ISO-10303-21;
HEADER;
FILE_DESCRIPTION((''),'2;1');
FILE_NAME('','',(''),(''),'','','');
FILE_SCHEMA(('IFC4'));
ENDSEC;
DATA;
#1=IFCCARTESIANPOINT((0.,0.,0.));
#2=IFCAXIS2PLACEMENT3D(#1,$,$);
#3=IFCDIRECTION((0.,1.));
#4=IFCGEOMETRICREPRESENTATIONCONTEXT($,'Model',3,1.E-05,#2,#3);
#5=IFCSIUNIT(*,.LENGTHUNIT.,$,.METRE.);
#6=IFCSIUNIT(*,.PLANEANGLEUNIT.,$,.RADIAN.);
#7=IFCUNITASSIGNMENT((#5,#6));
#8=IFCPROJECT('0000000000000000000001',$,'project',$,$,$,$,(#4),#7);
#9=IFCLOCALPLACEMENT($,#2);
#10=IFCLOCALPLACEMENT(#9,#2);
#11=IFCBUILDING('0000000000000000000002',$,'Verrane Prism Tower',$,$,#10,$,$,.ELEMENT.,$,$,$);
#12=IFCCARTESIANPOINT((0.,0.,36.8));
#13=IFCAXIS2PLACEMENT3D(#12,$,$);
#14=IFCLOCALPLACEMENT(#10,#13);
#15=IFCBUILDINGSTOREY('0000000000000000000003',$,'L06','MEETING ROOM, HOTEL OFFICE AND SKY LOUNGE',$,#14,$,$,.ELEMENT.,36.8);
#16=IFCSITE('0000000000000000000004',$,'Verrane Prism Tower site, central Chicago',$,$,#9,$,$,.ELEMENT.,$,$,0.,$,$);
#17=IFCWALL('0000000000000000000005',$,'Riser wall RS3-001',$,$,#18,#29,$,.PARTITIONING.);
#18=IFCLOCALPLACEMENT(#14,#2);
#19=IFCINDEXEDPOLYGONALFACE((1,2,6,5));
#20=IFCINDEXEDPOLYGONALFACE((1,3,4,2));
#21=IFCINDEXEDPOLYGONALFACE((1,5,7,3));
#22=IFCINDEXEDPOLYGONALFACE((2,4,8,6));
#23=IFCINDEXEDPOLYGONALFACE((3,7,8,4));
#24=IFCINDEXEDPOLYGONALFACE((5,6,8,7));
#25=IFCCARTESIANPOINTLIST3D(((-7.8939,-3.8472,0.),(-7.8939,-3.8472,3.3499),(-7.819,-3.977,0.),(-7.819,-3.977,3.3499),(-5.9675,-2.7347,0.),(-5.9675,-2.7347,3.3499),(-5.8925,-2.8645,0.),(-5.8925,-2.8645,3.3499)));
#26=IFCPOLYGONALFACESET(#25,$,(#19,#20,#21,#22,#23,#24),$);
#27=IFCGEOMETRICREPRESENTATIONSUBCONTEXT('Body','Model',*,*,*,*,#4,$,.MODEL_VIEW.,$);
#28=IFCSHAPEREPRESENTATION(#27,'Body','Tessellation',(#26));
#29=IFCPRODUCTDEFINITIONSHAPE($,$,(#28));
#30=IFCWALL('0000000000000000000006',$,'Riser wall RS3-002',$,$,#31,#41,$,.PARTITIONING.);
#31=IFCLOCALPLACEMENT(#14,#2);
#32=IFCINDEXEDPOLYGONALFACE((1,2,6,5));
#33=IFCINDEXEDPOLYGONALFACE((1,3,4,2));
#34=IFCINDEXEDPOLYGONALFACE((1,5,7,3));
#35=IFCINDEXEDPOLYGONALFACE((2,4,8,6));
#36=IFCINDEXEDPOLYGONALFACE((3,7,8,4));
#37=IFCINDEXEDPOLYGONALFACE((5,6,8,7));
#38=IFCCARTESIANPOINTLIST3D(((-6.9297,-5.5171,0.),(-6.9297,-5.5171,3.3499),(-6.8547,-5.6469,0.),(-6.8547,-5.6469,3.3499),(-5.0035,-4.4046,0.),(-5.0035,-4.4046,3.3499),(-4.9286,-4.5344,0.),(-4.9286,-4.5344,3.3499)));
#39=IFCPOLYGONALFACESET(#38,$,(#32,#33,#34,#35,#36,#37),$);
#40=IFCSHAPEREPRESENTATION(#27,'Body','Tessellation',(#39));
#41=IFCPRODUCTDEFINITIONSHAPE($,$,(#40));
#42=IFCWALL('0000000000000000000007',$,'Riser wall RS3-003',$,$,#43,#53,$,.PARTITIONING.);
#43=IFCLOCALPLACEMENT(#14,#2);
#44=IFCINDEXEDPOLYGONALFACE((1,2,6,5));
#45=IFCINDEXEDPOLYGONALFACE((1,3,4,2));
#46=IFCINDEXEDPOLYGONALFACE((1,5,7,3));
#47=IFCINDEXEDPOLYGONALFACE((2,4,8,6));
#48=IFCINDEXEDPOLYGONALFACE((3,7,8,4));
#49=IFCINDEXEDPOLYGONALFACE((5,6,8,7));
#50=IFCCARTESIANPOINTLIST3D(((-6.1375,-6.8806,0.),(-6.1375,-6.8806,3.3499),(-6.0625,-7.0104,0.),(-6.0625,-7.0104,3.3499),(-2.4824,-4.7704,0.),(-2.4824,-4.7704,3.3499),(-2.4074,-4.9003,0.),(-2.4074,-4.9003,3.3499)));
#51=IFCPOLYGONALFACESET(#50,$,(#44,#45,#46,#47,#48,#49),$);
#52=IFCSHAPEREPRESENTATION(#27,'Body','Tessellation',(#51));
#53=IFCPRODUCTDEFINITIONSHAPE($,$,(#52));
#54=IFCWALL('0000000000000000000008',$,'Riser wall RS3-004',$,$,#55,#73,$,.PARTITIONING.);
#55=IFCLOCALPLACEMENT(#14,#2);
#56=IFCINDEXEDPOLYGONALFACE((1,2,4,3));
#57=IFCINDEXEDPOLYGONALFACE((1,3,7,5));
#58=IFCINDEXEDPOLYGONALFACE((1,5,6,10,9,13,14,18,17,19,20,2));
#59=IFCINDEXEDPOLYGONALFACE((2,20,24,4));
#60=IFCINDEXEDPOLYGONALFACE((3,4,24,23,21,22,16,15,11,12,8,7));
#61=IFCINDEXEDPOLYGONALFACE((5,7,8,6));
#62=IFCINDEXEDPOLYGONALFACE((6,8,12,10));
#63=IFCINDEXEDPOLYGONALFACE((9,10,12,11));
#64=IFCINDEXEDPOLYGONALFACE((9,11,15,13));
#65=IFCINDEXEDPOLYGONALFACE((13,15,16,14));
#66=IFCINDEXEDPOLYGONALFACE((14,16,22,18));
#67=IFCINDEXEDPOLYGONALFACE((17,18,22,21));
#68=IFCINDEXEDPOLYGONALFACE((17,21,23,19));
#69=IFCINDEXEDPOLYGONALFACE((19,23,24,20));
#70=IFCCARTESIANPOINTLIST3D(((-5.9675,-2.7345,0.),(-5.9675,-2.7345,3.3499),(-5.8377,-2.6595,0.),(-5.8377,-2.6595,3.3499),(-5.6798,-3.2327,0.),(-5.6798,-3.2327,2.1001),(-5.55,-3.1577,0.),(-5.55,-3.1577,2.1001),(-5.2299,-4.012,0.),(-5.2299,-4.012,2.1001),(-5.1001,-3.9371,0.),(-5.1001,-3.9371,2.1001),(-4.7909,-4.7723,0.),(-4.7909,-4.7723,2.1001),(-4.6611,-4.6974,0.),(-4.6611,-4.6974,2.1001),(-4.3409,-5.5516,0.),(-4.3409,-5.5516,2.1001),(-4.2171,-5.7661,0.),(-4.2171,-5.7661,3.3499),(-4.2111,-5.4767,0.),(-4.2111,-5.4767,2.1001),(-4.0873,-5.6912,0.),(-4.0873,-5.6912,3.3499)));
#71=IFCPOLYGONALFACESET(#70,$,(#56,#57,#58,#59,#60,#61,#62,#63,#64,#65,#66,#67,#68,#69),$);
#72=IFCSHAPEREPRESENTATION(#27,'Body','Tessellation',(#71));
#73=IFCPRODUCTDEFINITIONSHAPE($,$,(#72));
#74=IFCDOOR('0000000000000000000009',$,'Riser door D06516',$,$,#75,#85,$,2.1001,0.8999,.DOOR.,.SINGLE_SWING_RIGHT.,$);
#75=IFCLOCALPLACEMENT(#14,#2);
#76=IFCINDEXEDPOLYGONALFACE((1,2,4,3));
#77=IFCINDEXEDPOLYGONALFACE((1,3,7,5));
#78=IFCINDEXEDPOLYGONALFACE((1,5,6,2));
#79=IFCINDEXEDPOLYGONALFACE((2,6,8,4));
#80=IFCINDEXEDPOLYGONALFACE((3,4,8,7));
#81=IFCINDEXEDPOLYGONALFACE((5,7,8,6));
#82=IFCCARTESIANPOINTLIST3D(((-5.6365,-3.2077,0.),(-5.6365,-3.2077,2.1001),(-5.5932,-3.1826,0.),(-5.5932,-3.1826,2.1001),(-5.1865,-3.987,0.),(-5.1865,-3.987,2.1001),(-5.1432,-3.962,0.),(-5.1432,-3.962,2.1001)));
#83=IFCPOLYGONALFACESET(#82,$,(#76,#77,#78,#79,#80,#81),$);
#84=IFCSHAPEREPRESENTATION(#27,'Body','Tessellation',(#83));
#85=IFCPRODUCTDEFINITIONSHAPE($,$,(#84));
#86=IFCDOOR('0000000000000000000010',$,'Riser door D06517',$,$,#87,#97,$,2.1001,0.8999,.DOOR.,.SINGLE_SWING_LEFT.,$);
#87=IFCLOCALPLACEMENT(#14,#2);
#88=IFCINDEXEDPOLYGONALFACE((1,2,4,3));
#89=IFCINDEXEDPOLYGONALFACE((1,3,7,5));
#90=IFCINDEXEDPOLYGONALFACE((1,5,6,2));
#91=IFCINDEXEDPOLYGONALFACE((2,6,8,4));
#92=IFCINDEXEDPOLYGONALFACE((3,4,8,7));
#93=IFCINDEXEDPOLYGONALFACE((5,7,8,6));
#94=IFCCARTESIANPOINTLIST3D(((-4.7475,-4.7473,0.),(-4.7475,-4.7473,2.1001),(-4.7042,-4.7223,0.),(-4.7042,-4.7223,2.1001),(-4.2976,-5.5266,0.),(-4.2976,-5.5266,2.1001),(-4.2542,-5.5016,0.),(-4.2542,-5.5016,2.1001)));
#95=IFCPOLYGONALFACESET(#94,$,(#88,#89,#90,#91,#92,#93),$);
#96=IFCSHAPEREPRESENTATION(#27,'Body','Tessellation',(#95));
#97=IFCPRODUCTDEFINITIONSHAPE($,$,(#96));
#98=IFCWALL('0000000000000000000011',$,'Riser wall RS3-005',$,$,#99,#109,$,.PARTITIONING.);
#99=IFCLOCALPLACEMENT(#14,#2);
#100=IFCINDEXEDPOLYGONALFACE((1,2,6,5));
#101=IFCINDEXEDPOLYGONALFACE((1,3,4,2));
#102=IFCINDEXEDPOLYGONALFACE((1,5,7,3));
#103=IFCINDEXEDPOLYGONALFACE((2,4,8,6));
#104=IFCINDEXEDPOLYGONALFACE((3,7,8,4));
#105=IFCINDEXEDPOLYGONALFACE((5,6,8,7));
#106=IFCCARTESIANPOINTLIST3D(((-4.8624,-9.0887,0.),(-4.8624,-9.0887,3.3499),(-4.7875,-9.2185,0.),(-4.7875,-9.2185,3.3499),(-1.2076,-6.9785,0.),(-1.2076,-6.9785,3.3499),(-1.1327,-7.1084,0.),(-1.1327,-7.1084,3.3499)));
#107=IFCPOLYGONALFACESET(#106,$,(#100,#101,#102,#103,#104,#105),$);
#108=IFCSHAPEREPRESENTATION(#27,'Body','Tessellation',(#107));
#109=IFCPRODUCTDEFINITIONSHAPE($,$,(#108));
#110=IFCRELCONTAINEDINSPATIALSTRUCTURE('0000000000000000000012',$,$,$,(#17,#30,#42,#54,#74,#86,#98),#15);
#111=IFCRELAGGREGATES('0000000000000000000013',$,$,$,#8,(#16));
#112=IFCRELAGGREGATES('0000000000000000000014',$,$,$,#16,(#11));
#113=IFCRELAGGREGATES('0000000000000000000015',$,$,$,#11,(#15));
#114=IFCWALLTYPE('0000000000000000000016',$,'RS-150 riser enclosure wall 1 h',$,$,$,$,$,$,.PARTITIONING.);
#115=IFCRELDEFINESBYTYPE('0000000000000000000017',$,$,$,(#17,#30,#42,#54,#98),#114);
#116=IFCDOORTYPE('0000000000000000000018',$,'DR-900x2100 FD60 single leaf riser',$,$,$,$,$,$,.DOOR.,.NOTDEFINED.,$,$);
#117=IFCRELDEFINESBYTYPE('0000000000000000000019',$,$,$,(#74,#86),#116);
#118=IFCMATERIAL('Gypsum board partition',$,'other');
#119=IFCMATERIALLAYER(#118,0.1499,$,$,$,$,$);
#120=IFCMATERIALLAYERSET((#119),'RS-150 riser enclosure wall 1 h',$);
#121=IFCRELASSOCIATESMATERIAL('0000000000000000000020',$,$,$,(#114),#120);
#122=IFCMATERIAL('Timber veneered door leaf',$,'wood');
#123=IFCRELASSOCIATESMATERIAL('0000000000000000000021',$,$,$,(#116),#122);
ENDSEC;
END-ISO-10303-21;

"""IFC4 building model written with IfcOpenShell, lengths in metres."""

from ifc_helpers import new_model, si_unit, direction, frame, frame_2d, origin, place, context, subcontext, project, spatial, rectangle, extrude, material, layer, layer_set, type_object, element, fill, save


model = new_model("IFC4")

# Units and contexts
model_context = context("Model", 3, precision=1e-05, world=origin(), true_north=direction((0.0, 1.0)))
body_context = subcontext(model_context, "Body", "Model", "MODEL_VIEW")
ifc_project = project(units=[si_unit("LENGTHUNIT", "METRE"), si_unit("PLANEANGLEUNIT", "RADIAN")], contexts=[model_context])

# Site, building, storey
site_placement = place(None, origin())
site = spatial("IfcSite", under=ifc_project, at=site_placement, Name="Verrane Prism Tower site, central Chicago", CompositionType="ELEMENT", RefElevation=0.0)
building_placement = place(site_placement, origin())
building = spatial("IfcBuilding", under=site, at=building_placement, Name="Verrane Prism Tower", CompositionType="ELEMENT")
storey_placement = place(building_placement, frame((0.0, 0.0, 36.8)))
storey = spatial("IfcBuildingStorey", under=building, at=storey_placement, Name="L06", Description="MEETING ROOM, HOTEL OFFICE AND SKY LOUNGE", CompositionType="ELEMENT", Elevation=36.8)

# Walls
ifc_material_1 = material(Name="Gypsum board partition", Category="other")
ifc_layer_1 = layer(ifc_material_1, 0.1499)
ifc_layer_set_1 = layer_set([ifc_layer_1], Name="RS-150 riser enclosure wall 1 h")
wall_type_1 = type_object("IfcWallType", Name="RS-150 riser enclosure wall 1 h", PredefinedType="PARTITIONING", material=ifc_layer_set_1)
wall_1_placement = place(storey_placement, frame((-7.8564, -3.9121, 0.0), z_axis=(0.0, 0.0, 1.0), x_axis=(0.865972, 0.500093, 0.0)))
element("IfcWall", 1, at=wall_1_placement, inside=storey, type_object=wall_type_1, Name="Riser wall RS3-001", PredefinedType="PARTITIONING", context=body_context, shape_type="SweptSolid", body=[
    extrude(rectangle(XDim=2.2246, YDim=0.1499, at=frame_2d((1.1123, 0.0))), origin(), (0.0, 0.0, 1.0), 3.3499),
])
wall_2_placement = place(storey_placement, frame((-6.8923, -5.582, 0.0), z_axis=(0.0, 0.0, 1.0), x_axis=(0.865944, 0.50014, 0.0)))
element("IfcWall", 2, at=wall_2_placement, inside=storey, type_object=wall_type_1, Name="Riser wall RS3-002", PredefinedType="PARTITIONING", context=body_context, shape_type="SweptSolid", body=[
    extrude(rectangle(XDim=2.2244, YDim=0.1499, at=frame_2d((1.1123, 0.0))), origin(), (0.0, 0.0, 1.0), 3.3499),
])
wall_3_placement = place(storey_placement, frame((-6.1001, -6.9456, 0.0), z_axis=(0.0, 0.0, 1.0), x_axis=(0.866038, 0.499978, 0.0)))
element("IfcWall", 3, at=wall_3_placement, inside=storey, type_object=wall_type_1, Name="Riser wall RS3-003", PredefinedType="PARTITIONING", context=body_context, shape_type="SweptSolid", body=[
    extrude(rectangle(XDim=4.2205, YDim=0.1499, at=frame_2d((2.1104, 0.0))), origin(), (0.0, 0.0, 1.0), 3.3499),
])

# Wall, openings, doors
wall_4_placement = place(storey_placement, frame((-4.1521, -5.7288, 0.0), z_axis=(0.0, 0.0, 1.0), x_axis=(-0.500024, 0.866011, 0.0)))
wall_4 = element("IfcWall", 4, at=wall_4_placement, inside=storey, type_object=wall_type_1, Name="Riser wall RS3-004", PredefinedType="PARTITIONING", context=body_context, shape_type="SweptSolid", body=[
    extrude(rectangle(XDim=3.5007, YDim=0.1499, at=frame_2d((1.7505, 0.0))), origin(), (0.0, 0.0, 1.0), 3.3499),
])
opening_1_placement = place(wall_4_placement, frame((2.0256, 0.0, 0.0)))
opening_1 = element("IfcOpeningElement", 5, at=opening_1_placement, cuts=wall_4, PredefinedType="OPENING", context=body_context, shape_type="SweptSolid", body=[
    extrude(rectangle(XDim=0.8999, YDim=2.1001, at=frame_2d((0.45, 1.05))), frame((0.0, 0.085, 0.0), z_axis=(0.0, -1.0, 0.0), x_axis=(1.0, 0.0, 0.0)), (0.0, 0.0, 1.0), 0.1699),
])
opening_2_placement = place(wall_4_placement, frame((0.2478, 0.0, 0.0)))
opening_2 = element("IfcOpeningElement", 6, at=opening_2_placement, cuts=wall_4, PredefinedType="OPENING", context=body_context, shape_type="SweptSolid", body=[
    extrude(rectangle(XDim=0.8999, YDim=2.1001, at=frame_2d((0.45, 1.05))), frame((0.0, 0.085, 0.0), z_axis=(0.0, -1.0, 0.0), x_axis=(1.0, 0.0, 0.0)), (0.0, 0.0, 1.0), 0.1699),
])
ifc_material_2 = material(Name="Timber veneered door leaf", Category="wood")
door_type_1 = type_object("IfcDoorType", Name="DR-900x2100 FD60 single leaf riser", OperationType="NOTDEFINED", PredefinedType="DOOR", material=ifc_material_2)
door_1_placement = place(opening_1_placement, origin())
door_1 = element("IfcDoor", 7, at=door_1_placement, inside=storey, type_object=door_type_1, Name="Riser door D06516", OperationType="SINGLE_SWING_RIGHT", OverallHeight=2.1001, OverallWidth=0.8999, PredefinedType="DOOR", context=body_context, shape_type="SweptSolid", body=[
    extrude(rectangle(XDim=0.8999, YDim=2.1001, at=frame_2d((0.45, 1.05))), frame((0.0, 0.0249, 0.0), z_axis=(0.0, -1.0, 0.0), x_axis=(1.0, 0.0, 0.0)), (0.0, 0.0, 1.0), 0.05),
])
fill(opening_1, door_1)
door_2_placement = place(opening_2_placement, origin())
door_2 = element("IfcDoor", 8, at=door_2_placement, inside=storey, type_object=door_type_1, Name="Riser door D06517", OperationType="SINGLE_SWING_LEFT", OverallHeight=2.1001, OverallWidth=0.8999, PredefinedType="DOOR", context=body_context, shape_type="SweptSolid", body=[
    extrude(rectangle(XDim=0.8999, YDim=2.1001, at=frame_2d((0.45, 1.05))), frame((0.0, 0.0249, 0.0), z_axis=(0.0, -1.0, 0.0), x_axis=(1.0, 0.0, 0.0)), (0.0, 0.0, 1.0), 0.05),
])
fill(opening_2, door_2)

# Wall
wall_5_placement = place(storey_placement, frame((-4.825, -9.1536, 0.0), z_axis=(0.0, 0.0, 1.0), x_axis=(0.866024, 0.500003, 0.0)))
element("IfcWall", 9, at=wall_5_placement, inside=storey, type_object=wall_type_1, Name="Riser wall RS3-005", PredefinedType="PARTITIONING", context=body_context, shape_type="SweptSolid", body=[
    extrude(rectangle(XDim=4.2202, YDim=0.1499, at=frame_2d((2.1101, 0.0))), origin(), (0.0, 0.0, 1.0), 3.3499),
])

save(model, "model.ifc")
